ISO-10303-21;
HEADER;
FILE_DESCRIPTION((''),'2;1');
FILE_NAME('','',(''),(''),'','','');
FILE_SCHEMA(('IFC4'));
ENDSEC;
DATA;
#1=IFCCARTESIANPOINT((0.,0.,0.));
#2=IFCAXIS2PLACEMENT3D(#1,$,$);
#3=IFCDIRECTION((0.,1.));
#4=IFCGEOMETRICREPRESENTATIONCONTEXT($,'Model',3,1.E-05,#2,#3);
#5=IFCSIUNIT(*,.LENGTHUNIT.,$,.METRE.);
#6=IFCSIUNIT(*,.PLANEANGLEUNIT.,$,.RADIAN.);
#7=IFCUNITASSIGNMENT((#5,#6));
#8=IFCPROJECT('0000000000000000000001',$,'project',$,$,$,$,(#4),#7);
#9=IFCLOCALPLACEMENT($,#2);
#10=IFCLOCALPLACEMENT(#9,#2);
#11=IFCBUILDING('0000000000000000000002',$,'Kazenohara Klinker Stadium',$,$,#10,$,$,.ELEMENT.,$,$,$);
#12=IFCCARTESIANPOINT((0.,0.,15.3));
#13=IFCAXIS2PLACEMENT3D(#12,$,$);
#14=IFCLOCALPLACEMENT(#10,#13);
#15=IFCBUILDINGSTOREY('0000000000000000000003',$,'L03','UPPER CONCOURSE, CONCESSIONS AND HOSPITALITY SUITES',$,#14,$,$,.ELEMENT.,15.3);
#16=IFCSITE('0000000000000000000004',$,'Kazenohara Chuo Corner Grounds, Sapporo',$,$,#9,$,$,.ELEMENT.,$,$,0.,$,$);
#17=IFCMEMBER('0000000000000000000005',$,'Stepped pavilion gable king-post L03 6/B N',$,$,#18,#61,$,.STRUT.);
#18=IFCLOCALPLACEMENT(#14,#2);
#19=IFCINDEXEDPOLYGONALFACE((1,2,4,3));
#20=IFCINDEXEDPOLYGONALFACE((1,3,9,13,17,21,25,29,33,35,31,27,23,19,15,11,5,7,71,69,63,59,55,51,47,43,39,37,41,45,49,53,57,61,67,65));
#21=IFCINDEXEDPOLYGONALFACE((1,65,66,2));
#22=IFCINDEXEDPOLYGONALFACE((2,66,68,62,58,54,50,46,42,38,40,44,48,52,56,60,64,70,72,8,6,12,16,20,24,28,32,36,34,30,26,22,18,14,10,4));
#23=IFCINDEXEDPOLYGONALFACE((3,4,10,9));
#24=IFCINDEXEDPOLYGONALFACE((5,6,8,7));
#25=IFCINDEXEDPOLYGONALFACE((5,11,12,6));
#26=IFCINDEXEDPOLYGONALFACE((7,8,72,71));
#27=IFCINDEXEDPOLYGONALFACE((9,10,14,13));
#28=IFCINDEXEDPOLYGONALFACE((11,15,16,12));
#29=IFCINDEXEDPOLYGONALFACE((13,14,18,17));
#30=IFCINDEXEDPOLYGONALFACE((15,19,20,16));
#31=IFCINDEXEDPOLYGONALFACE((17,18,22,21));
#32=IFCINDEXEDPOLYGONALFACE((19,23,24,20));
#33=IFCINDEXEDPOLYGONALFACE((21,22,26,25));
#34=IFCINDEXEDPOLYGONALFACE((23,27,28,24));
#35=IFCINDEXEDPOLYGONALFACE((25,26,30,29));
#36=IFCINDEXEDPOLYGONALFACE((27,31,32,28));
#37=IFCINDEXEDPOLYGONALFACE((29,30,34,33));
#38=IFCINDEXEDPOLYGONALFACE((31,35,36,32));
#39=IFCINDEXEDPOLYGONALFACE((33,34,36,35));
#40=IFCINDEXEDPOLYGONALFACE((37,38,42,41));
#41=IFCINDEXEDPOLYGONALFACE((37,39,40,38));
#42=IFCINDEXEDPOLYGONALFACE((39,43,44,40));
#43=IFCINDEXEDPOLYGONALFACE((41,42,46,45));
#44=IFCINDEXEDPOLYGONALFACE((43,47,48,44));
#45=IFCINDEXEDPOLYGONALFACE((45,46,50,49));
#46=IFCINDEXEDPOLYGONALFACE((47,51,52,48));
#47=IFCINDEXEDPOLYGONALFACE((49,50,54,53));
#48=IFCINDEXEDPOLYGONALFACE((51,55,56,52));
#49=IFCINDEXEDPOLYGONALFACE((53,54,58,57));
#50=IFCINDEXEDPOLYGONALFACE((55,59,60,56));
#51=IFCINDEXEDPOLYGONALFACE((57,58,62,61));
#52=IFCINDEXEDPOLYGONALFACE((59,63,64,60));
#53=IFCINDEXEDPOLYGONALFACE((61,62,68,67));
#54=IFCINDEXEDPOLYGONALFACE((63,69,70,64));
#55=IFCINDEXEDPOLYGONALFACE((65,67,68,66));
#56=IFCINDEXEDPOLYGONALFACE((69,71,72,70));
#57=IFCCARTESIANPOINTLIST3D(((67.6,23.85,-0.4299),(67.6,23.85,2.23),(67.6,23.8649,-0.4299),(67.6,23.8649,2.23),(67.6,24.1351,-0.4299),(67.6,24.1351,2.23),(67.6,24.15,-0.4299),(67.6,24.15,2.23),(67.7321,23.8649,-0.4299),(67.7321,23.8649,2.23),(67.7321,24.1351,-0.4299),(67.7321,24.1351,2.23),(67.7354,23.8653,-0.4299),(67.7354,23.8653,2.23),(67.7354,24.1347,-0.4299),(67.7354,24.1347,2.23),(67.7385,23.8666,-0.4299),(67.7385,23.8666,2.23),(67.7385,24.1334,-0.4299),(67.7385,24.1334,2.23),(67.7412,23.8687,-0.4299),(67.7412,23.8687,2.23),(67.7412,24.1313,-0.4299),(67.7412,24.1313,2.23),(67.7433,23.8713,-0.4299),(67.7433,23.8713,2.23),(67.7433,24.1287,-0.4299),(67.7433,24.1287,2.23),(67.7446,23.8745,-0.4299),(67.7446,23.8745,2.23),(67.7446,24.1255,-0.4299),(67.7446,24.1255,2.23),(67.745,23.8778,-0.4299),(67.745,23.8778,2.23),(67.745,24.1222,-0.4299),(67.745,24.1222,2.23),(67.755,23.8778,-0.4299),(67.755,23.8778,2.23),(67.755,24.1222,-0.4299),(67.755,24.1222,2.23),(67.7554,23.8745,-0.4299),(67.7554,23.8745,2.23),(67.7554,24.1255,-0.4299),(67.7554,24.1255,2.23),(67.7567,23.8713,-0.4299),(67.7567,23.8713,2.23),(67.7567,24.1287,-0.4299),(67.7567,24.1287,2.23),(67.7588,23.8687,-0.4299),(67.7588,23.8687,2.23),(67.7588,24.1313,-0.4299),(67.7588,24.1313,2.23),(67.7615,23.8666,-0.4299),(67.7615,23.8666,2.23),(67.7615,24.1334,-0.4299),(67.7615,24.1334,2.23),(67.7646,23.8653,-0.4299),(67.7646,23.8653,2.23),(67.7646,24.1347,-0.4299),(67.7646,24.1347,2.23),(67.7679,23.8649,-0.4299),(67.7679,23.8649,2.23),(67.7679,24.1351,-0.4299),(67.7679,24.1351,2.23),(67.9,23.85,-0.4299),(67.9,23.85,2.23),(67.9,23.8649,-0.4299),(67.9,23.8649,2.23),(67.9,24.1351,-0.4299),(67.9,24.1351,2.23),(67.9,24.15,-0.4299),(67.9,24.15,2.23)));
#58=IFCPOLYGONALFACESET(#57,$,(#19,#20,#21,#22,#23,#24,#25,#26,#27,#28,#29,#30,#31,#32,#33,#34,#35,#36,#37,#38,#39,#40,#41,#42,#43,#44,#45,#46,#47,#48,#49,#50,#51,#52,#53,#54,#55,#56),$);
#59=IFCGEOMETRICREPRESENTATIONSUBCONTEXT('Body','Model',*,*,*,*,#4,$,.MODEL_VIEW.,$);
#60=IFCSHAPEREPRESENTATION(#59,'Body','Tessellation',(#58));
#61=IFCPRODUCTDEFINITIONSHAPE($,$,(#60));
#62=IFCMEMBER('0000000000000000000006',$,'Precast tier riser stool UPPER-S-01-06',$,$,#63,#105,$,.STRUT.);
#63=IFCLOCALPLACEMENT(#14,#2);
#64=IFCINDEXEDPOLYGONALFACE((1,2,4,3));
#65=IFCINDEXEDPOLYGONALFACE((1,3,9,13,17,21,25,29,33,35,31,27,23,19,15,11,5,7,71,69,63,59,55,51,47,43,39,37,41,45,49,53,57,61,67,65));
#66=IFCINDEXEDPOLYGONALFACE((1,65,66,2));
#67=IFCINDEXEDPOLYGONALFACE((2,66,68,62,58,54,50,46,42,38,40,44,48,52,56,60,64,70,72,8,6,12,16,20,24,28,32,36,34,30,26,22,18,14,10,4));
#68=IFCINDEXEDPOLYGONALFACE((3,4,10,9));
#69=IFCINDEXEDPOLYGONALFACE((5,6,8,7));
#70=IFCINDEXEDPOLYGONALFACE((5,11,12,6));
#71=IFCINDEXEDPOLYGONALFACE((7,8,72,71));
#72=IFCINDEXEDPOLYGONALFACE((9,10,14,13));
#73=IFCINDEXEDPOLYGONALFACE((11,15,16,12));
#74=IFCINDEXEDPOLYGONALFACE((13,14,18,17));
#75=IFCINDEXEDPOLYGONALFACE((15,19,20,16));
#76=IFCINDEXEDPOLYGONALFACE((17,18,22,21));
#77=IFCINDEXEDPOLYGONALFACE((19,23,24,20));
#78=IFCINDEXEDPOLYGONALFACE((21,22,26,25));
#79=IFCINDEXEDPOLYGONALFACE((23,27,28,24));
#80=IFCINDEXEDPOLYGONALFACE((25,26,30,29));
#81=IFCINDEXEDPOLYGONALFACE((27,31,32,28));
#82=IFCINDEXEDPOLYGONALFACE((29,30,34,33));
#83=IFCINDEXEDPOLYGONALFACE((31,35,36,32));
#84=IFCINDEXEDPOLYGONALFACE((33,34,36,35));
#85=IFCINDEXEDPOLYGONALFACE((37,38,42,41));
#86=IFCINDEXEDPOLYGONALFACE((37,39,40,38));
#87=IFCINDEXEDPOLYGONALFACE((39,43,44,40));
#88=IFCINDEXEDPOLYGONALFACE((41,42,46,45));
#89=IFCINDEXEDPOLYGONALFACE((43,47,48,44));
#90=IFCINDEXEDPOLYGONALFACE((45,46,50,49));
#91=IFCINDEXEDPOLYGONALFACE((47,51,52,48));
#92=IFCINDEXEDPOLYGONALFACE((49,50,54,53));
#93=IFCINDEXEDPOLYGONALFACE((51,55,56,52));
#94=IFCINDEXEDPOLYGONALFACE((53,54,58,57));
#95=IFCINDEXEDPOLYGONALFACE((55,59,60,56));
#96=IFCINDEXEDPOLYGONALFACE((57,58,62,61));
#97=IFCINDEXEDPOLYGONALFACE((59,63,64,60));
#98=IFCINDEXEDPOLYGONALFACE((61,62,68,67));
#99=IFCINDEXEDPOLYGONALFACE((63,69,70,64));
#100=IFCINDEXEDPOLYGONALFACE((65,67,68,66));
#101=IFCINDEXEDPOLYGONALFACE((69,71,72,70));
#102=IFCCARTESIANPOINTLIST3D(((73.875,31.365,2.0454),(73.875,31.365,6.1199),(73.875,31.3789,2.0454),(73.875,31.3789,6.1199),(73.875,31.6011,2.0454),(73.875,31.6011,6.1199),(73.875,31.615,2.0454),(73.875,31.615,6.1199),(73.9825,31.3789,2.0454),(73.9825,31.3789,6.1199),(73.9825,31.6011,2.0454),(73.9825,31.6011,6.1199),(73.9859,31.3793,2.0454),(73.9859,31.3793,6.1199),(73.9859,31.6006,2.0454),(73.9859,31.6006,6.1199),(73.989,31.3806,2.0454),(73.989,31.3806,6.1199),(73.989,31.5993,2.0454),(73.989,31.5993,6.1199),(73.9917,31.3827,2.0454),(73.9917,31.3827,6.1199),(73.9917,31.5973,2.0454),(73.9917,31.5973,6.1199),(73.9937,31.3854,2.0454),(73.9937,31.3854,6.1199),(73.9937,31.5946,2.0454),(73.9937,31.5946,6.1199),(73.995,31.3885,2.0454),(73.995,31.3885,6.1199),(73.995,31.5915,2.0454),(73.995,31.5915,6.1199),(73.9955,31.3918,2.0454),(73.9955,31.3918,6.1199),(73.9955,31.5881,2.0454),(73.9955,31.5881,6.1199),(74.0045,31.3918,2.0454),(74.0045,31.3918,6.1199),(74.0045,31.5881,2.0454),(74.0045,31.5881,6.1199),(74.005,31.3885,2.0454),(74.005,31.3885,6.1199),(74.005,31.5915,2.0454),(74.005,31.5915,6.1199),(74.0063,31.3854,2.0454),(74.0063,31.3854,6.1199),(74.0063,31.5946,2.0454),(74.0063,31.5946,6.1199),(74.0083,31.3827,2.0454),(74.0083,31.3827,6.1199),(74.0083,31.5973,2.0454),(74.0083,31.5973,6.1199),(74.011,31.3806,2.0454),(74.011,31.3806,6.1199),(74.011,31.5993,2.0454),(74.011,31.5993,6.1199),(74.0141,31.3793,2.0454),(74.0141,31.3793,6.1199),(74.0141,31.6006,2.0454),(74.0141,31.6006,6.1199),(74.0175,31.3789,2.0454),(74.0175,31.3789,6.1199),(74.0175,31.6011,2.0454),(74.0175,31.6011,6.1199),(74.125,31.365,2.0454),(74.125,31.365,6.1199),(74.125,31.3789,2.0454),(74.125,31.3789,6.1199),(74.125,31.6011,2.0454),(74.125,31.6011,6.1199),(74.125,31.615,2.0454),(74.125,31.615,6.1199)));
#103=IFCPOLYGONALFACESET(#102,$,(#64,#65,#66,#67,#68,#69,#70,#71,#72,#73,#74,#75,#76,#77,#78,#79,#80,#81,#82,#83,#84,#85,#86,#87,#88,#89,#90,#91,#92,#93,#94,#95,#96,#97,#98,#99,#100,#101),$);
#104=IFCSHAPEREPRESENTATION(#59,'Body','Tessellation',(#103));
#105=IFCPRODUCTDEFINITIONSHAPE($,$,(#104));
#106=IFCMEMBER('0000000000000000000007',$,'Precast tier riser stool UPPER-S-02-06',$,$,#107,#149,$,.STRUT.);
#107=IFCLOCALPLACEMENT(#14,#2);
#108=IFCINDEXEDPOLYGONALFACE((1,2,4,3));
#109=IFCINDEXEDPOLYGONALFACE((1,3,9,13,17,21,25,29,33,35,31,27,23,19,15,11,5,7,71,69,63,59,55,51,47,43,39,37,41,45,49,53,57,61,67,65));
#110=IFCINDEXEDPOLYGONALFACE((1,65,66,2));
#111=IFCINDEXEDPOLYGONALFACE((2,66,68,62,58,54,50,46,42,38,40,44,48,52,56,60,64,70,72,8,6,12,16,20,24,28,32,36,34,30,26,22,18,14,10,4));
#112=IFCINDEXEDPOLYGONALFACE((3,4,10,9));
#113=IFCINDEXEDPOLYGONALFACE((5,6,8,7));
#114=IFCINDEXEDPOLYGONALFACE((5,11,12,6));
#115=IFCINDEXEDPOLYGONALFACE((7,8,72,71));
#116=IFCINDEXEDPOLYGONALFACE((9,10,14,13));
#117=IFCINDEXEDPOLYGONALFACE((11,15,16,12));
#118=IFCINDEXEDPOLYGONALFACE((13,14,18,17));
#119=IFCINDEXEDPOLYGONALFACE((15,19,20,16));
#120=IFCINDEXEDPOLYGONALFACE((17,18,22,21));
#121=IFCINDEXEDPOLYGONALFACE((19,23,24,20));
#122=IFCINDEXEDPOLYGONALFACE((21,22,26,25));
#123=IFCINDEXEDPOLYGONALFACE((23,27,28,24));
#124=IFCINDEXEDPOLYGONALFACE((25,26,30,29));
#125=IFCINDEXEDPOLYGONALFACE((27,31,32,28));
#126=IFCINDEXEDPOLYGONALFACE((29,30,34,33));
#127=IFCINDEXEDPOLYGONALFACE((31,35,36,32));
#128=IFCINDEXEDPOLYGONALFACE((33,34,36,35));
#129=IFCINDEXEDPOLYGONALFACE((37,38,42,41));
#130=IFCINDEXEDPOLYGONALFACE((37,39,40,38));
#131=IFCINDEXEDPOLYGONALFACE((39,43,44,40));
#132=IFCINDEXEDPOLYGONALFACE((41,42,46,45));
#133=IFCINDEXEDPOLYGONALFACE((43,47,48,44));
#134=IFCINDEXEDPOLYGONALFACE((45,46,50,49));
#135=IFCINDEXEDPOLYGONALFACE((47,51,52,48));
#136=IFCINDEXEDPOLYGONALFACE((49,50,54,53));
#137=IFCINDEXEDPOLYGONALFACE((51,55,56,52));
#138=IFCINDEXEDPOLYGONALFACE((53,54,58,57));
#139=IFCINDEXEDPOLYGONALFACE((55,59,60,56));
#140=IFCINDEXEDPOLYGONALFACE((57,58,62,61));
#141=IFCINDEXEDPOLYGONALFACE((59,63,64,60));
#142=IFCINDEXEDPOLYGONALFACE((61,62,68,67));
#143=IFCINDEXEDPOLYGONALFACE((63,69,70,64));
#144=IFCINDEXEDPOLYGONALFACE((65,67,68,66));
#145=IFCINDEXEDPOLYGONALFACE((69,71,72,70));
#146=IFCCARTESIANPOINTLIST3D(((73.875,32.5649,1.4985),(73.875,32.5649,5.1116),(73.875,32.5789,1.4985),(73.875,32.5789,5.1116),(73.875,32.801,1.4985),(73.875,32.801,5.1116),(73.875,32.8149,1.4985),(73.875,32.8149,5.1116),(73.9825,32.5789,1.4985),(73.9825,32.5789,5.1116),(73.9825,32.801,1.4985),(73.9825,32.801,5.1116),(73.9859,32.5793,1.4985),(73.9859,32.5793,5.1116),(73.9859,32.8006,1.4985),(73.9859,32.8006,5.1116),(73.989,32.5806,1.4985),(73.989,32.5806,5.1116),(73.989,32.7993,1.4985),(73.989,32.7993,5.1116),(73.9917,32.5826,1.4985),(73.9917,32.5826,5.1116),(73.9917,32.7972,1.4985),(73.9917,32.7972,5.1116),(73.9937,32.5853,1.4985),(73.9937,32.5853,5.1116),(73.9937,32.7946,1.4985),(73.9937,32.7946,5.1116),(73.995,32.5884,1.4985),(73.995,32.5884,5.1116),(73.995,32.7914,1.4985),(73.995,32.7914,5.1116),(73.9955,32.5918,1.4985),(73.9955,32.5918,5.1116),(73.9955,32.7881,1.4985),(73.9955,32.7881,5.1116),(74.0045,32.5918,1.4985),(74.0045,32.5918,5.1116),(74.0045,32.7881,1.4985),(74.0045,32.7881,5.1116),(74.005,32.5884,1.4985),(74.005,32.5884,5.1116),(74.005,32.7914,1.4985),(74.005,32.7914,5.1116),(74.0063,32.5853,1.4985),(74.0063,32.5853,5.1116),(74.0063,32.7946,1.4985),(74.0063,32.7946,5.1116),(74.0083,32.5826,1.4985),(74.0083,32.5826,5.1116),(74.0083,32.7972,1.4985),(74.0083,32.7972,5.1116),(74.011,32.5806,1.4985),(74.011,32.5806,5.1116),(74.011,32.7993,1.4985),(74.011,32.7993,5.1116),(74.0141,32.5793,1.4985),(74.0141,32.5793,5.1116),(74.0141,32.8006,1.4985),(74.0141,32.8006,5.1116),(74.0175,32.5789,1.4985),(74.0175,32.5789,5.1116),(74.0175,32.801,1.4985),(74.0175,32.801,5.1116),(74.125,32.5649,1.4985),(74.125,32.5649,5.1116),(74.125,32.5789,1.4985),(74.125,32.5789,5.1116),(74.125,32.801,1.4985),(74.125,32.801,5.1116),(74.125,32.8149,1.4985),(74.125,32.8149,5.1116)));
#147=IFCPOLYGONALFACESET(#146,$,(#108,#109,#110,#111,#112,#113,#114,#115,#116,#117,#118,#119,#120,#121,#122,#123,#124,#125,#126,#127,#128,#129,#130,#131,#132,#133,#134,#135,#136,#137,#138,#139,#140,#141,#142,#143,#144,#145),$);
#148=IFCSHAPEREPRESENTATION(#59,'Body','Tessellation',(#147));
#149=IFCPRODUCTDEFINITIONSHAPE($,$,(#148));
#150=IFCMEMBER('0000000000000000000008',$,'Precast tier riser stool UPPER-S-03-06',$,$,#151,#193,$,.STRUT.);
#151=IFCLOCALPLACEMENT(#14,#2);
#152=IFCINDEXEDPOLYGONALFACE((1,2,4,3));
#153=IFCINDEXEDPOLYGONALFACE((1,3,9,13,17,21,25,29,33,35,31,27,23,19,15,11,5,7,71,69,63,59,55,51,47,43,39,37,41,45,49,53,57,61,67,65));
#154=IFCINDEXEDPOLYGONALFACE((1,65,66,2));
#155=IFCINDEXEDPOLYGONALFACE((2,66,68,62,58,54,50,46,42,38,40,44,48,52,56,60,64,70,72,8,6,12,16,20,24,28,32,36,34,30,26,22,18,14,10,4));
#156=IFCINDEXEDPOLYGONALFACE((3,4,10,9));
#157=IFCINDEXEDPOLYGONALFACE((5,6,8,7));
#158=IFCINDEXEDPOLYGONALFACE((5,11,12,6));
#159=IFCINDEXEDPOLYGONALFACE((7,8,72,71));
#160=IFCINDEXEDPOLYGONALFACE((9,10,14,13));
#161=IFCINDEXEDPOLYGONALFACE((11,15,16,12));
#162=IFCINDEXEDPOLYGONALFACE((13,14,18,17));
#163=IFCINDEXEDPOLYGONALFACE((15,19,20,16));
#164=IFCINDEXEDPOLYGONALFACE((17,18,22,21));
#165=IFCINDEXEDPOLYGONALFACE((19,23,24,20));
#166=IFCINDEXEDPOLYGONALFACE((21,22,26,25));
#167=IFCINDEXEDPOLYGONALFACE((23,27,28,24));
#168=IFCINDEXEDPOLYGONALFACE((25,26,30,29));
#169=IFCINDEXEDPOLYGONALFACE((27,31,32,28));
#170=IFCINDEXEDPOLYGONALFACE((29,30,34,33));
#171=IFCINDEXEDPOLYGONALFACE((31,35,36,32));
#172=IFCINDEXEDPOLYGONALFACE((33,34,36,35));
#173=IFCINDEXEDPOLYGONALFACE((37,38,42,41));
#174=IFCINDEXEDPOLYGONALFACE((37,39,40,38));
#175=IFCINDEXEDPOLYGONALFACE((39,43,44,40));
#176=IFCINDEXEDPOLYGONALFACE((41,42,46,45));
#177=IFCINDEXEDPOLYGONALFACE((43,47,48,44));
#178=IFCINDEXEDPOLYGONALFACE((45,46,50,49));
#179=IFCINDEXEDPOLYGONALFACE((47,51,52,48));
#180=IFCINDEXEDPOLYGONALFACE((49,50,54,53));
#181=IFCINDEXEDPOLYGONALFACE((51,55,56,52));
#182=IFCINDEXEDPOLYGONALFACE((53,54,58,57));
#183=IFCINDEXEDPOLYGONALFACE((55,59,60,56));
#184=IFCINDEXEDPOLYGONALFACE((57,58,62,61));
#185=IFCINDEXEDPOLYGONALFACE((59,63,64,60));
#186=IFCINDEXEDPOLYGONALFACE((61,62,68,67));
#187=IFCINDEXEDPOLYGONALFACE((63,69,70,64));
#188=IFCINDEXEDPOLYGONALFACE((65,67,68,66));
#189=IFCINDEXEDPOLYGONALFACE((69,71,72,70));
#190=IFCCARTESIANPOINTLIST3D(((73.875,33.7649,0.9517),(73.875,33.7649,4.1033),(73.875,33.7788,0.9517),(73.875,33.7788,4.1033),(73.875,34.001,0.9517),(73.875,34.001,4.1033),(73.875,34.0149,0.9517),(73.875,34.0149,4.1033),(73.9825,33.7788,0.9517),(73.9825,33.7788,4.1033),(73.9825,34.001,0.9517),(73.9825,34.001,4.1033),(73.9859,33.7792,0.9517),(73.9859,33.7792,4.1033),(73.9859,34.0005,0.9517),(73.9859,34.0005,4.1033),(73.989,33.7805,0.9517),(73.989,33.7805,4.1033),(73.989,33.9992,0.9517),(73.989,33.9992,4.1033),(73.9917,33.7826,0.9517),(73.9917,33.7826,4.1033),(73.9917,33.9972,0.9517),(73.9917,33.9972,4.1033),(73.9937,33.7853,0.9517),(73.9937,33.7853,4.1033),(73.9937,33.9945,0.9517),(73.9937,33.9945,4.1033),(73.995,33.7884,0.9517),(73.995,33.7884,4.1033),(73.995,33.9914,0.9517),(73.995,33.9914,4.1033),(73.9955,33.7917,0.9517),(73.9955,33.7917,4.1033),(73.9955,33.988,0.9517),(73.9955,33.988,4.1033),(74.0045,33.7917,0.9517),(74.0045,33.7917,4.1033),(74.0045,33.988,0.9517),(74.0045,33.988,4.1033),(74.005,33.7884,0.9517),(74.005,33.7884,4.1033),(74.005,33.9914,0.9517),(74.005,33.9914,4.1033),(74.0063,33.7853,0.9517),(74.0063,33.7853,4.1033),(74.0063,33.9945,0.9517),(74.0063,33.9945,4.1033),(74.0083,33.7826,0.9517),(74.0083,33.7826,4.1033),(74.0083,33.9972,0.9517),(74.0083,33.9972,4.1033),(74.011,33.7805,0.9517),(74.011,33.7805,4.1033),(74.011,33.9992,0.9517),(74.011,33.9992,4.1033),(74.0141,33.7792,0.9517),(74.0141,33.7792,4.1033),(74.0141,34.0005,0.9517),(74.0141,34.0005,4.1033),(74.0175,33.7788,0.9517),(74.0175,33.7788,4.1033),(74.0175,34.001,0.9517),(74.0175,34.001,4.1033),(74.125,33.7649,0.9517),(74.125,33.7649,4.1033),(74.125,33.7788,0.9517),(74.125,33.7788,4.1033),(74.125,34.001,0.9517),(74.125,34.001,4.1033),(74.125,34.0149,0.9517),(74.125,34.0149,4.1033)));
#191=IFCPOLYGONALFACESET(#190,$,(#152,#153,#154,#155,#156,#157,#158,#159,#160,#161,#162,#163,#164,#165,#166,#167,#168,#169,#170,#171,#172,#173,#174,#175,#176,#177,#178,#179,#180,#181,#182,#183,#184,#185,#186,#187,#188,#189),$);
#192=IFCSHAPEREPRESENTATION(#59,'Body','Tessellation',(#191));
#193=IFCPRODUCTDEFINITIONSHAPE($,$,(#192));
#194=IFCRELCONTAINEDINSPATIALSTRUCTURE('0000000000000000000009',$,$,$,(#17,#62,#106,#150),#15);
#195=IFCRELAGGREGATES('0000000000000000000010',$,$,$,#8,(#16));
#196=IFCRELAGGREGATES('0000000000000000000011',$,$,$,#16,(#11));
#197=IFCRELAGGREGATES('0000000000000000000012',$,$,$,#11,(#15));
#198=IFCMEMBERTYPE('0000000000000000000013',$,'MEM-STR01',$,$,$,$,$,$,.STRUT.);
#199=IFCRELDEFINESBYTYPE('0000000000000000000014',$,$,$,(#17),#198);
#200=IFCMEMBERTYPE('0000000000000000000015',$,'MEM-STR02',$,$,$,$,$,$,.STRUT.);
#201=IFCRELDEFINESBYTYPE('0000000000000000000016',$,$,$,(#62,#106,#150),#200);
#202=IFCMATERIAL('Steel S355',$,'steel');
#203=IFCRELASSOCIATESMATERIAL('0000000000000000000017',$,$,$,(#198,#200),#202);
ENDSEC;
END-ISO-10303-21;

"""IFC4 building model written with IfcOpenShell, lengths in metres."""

from ifc_helpers import new_model, si_unit, direction, frame, origin, origin_2d, place, context, subcontext, project, spatial, i_section, extrude, material, material_profile, profile_set, type_object, element, save


model = new_model("IFC4")

# Units and contexts
model_context = context("Model", 3, precision=1e-05, world=origin(), true_north=direction((0.0, 1.0)))
body_context = subcontext(model_context, "Body", "Model", "MODEL_VIEW")
ifc_project = project(units=[si_unit("LENGTHUNIT", "METRE"), si_unit("PLANEANGLEUNIT", "RADIAN")], contexts=[model_context])

# Site, building, storey
site_placement = place(None, origin())
site = spatial("IfcSite", under=ifc_project, at=site_placement, Name="Kazenohara Chuo Corner Grounds, Sapporo", CompositionType="ELEMENT", RefElevation=0.0)
building_placement = place(site_placement, origin())
building = spatial("IfcBuilding", under=site, at=building_placement, Name="Kazenohara Klinker Stadium", CompositionType="ELEMENT")
storey_placement = place(building_placement, frame((0.0, 0.0, 15.3)))
storey = spatial("IfcBuildingStorey", under=building, at=storey_placement, Name="L03", Description="UPPER CONCOURSE, CONCESSIONS AND HOSPITALITY SUITES", CompositionType="ELEMENT", Elevation=15.3)

# Shared definitions
ifc_material_1 = material(Name="Steel S355", Category="steel")

# Members
ifc_material_profile_1 = material_profile(ifc_material_1, i_section(OverallWidth=0.3, OverallDepth=0.3, WebThickness=0.01, FlangeThickness=0.0149, FilletRadius=0.0129, at=origin_2d()), Name="H-300x300x10x15")
ifc_profile_set_1 = profile_set([ifc_material_profile_1], Name="Steel S355")
member_type_1 = type_object("IfcMemberType", Name="MEM-STR01", PredefinedType="STRUT", material=ifc_profile_set_1)
member_1_placement = place(storey_placement, frame((67.75, 24.0, -0.4299), z_axis=(0.0, 0.0, 1.0), x_axis=(1.0, 0.0, 0.0)))
element("IfcMember", 1, at=member_1_placement, inside=storey, type_object=member_type_1, Name="Stepped pavilion gable king-post L03 6/B N", PredefinedType="STRUT", context=body_context, shape_type="SweptSolid", body=[
    extrude(i_section(OverallWidth=0.3, OverallDepth=0.3, WebThickness=0.01, FlangeThickness=0.0149, FilletRadius=0.0129, at=origin_2d()), origin(), (0.0, 0.0, 1.0), 2.6599),
])
ifc_material_profile_2 = material_profile(ifc_material_1, i_section(OverallWidth=0.25, OverallDepth=0.25, WebThickness=0.009, FlangeThickness=0.0139, FilletRadius=0.0129, at=origin_2d()), Name="H-250x250x9x14")
ifc_profile_set_2 = profile_set([ifc_material_profile_2], Name="Steel S355")
member_type_2 = type_object("IfcMemberType", Name="MEM-STR02", PredefinedType="STRUT", material=ifc_profile_set_2)
member_2_placement = place(storey_placement, frame((74.0, 31.49, 2.0454), z_axis=(0.0, 0.0, 1.0), x_axis=(1.0, 0.0, 0.0)))
element("IfcMember", 2, at=member_2_placement, inside=storey, type_object=member_type_2, Name="Precast tier riser stool UPPER-S-01-06", PredefinedType="STRUT", context=body_context, shape_type="SweptSolid", body=[
    extrude(i_section(OverallWidth=0.25, OverallDepth=0.25, WebThickness=0.009, FlangeThickness=0.0139, FilletRadius=0.0129, at=origin_2d()), origin(), (0.0, 0.0, 1.0), 4.0745),
])
member_3_placement = place(storey_placement, frame((74.0, 32.6899, 1.4985), z_axis=(0.0, 0.0, 1.0), x_axis=(1.0, 0.0, 0.0)))
element("IfcMember", 3, at=member_3_placement, inside=storey, type_object=member_type_2, Name="Precast tier riser stool UPPER-S-02-06", PredefinedType="STRUT", context=body_context, shape_type="SweptSolid", body=[
    extrude(i_section(OverallWidth=0.25, OverallDepth=0.25, WebThickness=0.009, FlangeThickness=0.0139, FilletRadius=0.0129, at=origin_2d()), origin(), (0.0, 0.0, 1.0), 3.613),
])
member_4_placement = place(storey_placement, frame((74.0, 33.8899, 0.9517), z_axis=(0.0, 0.0, 1.0), x_axis=(1.0, 0.0, 0.0)))
element("IfcMember", 4, at=member_4_placement, inside=storey, type_object=member_type_2, Name="Precast tier riser stool UPPER-S-03-06", PredefinedType="STRUT", context=body_context, shape_type="SweptSolid", body=[
    extrude(i_section(OverallWidth=0.25, OverallDepth=0.25, WebThickness=0.009, FlangeThickness=0.0139, FilletRadius=0.0129, at=origin_2d()), origin(), (0.0, 0.0, 1.0), 3.1516),
])

save(model, "model.ifc")
